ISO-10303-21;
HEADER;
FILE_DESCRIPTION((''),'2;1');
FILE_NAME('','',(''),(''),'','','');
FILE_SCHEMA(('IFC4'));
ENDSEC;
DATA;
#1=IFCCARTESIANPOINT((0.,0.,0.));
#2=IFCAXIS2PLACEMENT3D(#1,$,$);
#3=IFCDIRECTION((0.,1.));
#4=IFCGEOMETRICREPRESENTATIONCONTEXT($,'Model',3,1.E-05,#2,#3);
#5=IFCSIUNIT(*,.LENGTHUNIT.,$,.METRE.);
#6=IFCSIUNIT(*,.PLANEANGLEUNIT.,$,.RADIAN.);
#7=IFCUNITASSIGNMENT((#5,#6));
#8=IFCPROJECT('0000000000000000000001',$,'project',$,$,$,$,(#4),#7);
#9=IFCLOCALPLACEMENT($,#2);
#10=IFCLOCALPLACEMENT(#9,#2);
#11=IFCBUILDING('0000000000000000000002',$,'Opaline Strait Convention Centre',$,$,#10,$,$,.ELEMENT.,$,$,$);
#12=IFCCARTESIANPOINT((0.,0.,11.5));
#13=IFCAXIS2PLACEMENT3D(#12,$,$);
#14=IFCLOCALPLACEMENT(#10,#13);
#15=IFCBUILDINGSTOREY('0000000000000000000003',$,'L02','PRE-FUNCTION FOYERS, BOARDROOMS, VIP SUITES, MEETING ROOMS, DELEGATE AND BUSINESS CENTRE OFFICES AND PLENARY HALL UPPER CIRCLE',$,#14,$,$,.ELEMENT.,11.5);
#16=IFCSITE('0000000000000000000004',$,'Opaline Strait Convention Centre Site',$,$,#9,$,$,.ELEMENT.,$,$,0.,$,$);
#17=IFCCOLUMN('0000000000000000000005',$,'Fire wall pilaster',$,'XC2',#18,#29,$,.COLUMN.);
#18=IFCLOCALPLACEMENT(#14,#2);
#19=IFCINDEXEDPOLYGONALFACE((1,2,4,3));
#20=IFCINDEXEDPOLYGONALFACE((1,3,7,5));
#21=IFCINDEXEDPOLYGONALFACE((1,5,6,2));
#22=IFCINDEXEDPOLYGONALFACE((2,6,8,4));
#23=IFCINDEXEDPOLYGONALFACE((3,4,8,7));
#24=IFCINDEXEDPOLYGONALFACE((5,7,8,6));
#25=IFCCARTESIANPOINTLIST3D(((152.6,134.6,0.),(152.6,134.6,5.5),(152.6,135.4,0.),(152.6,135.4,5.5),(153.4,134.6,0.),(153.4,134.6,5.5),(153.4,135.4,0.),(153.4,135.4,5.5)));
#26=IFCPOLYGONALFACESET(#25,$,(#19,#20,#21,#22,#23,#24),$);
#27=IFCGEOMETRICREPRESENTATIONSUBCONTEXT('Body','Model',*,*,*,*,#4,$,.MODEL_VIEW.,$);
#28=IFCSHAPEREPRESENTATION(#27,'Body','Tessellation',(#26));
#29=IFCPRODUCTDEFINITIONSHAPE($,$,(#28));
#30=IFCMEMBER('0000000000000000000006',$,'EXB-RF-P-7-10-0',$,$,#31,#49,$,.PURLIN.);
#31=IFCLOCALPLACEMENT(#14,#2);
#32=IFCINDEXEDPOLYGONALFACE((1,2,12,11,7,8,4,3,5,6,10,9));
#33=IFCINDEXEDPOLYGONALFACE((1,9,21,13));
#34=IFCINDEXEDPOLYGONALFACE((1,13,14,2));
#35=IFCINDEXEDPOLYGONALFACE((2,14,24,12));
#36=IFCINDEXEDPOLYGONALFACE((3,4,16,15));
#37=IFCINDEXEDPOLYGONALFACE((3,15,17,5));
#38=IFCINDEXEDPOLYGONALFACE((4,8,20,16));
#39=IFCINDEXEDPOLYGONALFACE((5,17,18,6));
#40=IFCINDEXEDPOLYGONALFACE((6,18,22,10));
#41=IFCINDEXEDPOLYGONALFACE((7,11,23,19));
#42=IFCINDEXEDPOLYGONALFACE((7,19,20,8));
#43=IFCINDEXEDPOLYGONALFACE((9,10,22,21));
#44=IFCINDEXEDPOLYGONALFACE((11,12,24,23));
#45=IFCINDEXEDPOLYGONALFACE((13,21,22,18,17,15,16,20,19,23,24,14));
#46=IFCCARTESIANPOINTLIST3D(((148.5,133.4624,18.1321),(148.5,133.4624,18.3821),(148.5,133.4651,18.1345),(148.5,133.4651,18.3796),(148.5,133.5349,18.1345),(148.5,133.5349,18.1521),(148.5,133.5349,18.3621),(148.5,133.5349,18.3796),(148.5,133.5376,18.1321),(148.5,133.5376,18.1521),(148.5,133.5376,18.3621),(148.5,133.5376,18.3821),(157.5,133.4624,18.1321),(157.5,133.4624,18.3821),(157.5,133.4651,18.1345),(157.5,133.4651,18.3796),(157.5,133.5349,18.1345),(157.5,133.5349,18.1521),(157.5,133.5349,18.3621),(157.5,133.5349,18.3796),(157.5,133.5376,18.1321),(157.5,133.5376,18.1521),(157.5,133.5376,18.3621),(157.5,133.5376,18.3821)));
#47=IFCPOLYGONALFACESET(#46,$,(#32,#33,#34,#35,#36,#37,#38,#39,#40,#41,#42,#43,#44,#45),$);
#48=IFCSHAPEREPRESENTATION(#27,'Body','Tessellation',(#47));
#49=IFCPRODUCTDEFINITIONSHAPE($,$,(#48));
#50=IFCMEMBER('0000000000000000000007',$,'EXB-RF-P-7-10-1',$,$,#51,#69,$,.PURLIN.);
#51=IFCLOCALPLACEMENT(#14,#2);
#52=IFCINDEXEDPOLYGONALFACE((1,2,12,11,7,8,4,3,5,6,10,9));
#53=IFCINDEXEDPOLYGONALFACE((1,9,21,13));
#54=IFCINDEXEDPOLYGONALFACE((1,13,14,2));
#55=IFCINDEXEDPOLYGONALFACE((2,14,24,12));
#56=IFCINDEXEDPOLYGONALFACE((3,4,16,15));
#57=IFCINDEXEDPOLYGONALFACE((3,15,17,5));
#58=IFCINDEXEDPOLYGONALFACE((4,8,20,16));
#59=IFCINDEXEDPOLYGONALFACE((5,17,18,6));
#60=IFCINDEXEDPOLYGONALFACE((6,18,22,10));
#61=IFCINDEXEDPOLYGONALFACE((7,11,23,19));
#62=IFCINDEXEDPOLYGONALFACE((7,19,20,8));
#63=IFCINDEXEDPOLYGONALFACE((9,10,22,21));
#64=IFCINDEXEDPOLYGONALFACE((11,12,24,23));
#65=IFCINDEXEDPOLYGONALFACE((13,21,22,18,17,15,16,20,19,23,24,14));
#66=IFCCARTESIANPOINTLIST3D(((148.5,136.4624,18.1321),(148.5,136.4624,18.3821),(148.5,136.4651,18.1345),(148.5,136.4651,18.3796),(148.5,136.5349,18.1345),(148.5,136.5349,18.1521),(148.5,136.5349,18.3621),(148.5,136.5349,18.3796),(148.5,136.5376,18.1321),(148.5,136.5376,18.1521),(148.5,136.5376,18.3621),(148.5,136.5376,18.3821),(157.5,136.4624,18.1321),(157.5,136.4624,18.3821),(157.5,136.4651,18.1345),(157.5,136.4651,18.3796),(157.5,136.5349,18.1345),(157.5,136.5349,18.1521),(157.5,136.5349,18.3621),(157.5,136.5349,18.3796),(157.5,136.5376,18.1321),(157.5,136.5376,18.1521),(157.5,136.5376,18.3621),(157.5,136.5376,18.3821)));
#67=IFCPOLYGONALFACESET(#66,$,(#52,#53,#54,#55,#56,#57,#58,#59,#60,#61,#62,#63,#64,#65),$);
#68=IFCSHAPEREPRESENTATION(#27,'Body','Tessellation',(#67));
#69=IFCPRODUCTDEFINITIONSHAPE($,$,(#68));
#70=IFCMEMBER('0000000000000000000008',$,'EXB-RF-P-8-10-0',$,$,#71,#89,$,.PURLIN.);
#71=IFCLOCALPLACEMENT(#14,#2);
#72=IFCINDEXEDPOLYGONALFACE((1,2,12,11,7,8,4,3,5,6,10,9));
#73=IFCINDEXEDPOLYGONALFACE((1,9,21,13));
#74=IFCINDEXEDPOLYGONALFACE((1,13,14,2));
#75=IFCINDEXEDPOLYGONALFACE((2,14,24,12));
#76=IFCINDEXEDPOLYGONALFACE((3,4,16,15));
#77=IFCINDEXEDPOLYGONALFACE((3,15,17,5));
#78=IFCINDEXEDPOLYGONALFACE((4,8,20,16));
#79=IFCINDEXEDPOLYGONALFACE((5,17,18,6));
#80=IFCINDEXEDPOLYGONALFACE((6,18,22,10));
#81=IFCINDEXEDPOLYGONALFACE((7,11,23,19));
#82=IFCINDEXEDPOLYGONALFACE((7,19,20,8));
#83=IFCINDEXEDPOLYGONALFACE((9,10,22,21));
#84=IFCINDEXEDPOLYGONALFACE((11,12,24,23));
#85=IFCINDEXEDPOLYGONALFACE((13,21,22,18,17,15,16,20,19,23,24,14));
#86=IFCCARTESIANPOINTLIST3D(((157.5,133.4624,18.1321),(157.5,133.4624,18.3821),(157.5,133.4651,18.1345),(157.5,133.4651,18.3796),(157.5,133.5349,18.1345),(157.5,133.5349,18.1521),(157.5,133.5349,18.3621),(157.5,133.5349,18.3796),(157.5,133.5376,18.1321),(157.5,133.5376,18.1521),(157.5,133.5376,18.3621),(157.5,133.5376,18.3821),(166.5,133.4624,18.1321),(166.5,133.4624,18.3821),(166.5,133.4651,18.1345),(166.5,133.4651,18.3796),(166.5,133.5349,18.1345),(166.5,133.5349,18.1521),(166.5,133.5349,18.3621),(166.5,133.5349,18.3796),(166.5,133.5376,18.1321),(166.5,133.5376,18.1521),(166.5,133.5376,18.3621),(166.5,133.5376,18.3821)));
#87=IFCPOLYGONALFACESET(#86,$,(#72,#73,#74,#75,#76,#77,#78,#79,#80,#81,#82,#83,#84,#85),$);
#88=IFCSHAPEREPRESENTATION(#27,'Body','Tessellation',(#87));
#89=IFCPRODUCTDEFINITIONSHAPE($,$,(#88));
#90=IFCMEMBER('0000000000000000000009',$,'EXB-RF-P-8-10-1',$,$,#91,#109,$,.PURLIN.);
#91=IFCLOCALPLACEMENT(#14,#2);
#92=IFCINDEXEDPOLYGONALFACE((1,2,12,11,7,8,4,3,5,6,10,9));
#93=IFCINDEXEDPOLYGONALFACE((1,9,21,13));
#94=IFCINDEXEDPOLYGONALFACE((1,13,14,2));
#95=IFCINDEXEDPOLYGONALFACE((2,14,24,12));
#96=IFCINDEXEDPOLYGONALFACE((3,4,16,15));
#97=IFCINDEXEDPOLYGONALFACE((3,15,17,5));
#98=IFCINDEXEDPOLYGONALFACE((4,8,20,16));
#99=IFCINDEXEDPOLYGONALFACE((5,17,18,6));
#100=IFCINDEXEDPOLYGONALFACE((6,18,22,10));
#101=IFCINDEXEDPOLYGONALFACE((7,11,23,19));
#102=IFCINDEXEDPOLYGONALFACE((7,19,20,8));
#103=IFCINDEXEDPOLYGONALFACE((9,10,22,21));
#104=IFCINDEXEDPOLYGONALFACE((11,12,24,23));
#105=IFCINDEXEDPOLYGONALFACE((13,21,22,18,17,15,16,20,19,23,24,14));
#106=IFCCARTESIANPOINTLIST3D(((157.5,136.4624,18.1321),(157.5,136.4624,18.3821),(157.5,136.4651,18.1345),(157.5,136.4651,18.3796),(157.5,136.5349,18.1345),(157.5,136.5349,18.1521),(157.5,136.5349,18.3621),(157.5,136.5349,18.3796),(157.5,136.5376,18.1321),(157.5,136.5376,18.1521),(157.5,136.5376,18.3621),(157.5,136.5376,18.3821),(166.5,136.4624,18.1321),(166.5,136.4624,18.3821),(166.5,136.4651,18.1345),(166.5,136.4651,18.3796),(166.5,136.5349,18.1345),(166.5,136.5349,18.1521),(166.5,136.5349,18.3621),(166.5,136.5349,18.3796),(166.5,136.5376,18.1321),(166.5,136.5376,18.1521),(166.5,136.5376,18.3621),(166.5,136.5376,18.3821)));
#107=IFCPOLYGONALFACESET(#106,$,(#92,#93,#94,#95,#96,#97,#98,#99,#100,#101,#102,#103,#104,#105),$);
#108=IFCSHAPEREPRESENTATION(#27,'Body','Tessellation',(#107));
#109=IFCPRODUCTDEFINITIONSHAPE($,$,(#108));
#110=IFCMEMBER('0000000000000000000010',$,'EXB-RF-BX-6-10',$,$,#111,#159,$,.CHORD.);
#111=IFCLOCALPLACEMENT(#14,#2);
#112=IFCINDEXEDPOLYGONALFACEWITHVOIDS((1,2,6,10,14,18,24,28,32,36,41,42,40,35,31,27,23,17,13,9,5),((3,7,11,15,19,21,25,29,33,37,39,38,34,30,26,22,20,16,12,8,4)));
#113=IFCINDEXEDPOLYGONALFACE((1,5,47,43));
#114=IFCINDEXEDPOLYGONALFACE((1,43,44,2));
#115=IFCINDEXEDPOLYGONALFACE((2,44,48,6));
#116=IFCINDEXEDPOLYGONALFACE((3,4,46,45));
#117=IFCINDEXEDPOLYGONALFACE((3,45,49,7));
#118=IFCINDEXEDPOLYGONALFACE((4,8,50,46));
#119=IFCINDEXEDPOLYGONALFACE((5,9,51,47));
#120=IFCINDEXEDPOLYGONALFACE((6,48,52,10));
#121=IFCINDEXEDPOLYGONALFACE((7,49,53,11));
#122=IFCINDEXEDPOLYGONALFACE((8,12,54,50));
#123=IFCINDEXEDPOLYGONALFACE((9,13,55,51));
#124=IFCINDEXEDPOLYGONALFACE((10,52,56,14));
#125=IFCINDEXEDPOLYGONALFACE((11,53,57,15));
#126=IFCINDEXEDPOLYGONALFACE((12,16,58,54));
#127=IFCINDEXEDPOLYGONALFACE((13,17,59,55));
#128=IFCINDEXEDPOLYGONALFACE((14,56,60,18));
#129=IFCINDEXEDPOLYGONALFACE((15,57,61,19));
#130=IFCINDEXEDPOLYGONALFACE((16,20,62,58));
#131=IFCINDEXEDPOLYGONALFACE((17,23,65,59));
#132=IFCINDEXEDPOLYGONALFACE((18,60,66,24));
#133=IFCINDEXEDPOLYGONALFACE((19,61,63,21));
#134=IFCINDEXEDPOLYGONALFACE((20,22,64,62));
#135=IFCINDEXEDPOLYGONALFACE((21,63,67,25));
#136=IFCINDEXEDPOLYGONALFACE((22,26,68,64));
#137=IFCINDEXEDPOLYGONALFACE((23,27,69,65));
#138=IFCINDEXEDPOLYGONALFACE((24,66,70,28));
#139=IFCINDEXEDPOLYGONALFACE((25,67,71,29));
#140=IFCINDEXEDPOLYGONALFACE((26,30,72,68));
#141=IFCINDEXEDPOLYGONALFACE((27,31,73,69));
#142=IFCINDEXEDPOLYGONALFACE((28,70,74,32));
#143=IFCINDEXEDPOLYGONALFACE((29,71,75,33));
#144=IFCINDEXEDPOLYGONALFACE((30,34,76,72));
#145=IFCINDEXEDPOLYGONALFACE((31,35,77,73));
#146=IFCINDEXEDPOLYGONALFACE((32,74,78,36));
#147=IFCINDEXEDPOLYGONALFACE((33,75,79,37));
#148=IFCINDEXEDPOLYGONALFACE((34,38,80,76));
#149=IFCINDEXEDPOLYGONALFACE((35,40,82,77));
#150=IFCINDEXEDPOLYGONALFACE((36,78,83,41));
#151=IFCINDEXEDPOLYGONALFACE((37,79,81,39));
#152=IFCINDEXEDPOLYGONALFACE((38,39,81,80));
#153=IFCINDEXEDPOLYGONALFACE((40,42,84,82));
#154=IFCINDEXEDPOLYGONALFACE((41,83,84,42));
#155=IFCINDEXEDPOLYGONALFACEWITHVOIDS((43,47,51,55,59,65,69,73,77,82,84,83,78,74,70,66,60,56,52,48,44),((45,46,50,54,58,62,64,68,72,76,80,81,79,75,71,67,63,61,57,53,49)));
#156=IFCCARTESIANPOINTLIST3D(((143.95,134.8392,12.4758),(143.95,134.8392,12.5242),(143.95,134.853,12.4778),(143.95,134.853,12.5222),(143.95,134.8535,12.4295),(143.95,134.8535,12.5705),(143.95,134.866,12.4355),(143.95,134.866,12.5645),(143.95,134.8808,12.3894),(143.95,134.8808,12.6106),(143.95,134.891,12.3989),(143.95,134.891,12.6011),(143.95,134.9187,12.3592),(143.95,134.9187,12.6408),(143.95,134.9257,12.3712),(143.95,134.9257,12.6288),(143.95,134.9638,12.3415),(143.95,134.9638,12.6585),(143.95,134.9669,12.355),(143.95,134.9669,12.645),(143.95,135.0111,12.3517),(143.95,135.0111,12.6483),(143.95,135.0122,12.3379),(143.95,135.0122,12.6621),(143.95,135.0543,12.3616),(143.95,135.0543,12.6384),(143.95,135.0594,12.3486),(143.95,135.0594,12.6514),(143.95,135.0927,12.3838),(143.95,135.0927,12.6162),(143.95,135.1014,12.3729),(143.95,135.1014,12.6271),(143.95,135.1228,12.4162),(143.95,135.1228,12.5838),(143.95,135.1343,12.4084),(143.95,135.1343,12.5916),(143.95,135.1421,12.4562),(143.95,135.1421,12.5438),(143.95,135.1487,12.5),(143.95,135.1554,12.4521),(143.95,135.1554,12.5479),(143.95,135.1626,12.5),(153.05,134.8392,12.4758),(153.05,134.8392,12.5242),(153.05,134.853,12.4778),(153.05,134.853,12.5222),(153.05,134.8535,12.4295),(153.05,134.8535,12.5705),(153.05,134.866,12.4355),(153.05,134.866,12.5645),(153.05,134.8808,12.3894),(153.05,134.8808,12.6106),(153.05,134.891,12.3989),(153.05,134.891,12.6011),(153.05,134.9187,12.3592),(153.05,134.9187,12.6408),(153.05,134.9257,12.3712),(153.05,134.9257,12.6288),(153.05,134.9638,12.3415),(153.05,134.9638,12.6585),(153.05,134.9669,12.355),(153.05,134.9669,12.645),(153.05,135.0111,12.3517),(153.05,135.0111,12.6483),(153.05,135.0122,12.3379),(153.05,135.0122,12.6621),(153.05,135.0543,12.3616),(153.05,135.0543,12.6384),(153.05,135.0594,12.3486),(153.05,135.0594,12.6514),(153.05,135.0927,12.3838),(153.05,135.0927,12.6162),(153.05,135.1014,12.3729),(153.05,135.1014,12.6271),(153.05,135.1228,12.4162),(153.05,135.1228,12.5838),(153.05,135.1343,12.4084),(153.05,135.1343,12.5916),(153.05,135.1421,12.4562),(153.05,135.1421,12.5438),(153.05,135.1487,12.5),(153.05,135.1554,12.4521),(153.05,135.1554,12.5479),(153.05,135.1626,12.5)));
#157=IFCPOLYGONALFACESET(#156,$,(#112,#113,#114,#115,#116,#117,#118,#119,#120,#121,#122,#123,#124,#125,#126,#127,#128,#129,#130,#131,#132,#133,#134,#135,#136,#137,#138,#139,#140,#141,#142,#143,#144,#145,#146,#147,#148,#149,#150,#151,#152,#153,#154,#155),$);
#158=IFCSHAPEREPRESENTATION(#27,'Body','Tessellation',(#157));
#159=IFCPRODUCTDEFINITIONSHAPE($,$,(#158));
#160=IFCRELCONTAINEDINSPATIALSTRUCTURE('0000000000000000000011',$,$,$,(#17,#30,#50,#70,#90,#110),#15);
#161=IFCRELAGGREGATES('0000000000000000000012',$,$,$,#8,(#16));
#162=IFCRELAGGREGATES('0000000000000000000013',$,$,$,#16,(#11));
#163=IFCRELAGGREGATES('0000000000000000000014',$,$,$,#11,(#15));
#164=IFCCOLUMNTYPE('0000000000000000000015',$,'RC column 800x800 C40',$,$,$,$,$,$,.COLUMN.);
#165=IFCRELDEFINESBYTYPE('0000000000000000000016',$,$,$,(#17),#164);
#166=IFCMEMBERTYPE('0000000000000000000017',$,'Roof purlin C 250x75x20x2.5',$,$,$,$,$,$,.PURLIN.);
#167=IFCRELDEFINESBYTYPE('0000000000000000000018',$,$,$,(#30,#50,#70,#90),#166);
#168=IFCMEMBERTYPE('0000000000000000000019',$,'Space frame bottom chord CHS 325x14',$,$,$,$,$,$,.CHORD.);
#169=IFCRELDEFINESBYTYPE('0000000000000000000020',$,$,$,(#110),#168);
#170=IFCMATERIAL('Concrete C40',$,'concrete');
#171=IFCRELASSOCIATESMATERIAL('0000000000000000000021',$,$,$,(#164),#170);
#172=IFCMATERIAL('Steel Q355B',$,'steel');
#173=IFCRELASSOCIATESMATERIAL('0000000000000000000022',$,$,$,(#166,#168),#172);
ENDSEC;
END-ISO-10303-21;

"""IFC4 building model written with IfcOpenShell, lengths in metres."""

from ifc_helpers import new_model, si_unit, direction, frame, origin, origin_2d, place, context, subcontext, project, spatial, polyline, rectangle, hollow_circle, outline, extrude, material, material_profile, profile_set, type_object, element, save


model = new_model("IFC4")

# Units and contexts
model_context = context("Model", 3, precision=1e-05, world=origin(), true_north=direction((0.0, 1.0)))
body_context = subcontext(model_context, "Body", "Model", "MODEL_VIEW")
ifc_project = project(units=[si_unit("LENGTHUNIT", "METRE"), si_unit("PLANEANGLEUNIT", "RADIAN")], contexts=[model_context])

# Site, building, storey
site_placement = place(None, origin())
site = spatial("IfcSite", under=ifc_project, at=site_placement, Name="Opaline Strait Convention Centre Site", CompositionType="ELEMENT", RefElevation=0.0)
building_placement = place(site_placement, origin())
building = spatial("IfcBuilding", under=site, at=building_placement, Name="Opaline Strait Convention Centre", CompositionType="ELEMENT")
storey_placement = place(building_placement, frame((0.0, 0.0, 11.5)))
storey = spatial("IfcBuildingStorey", under=building, at=storey_placement, Name="L02", Description="PRE-FUNCTION FOYERS, BOARDROOMS, VIP SUITES, MEETING ROOMS, DELEGATE AND BUSINESS CENTRE OFFICES AND PLENARY HALL UPPER CIRCLE", CompositionType="ELEMENT", Elevation=11.5)

# Column
ifc_material_1 = material(Name="Concrete C40", Category="concrete")
ifc_material_profile_1 = material_profile(ifc_material_1, rectangle(XDim=0.8, YDim=0.8, at=origin_2d()), Name="RC 800x800")
ifc_profile_set_1 = profile_set([ifc_material_profile_1], Name="Concrete C40")
column_type = type_object("IfcColumnType", Name="RC column 800x800 C40", PredefinedType="COLUMN", material=ifc_profile_set_1)
column_placement = place(storey_placement, frame((153.0, 135.0, 0.0), z_axis=(0.0, 0.0, 1.0), x_axis=(1.0, 0.0, 0.0)))
element("IfcColumn", 1, at=column_placement, inside=storey, type_object=column_type, Name="Fire wall pilaster", ObjectType="XC2", PredefinedType="COLUMN", context=body_context, shape_type="SweptSolid", body=[
    extrude(rectangle(XDim=0.8, YDim=0.8, at=origin_2d()), origin(), (0.0, 0.0, 1.0), 5.5),
])

# Members
ifc_material_2 = material(Name="Steel Q355B", Category="steel")
ifc_material_profile_2 = material_profile(ifc_material_2, outline(polyline([(-0.0376, -0.125), (0.0376, -0.125), (0.0376, -0.105), (0.0349, -0.105), (0.0349, -0.1226), (-0.0349, -0.1226), (-0.0349, 0.1226), (0.0349, 0.1226), (0.0349, 0.105), (0.0376, 0.105), (0.0376, 0.125), (-0.0376, 0.125), (-0.0376, -0.125)])), Name="C 250x75x20x2.5")
ifc_profile_set_2 = profile_set([ifc_material_profile_2], Name="Steel Q355B")
member_type_1 = type_object("IfcMemberType", Name="Roof purlin C 250x75x20x2.5", PredefinedType="PURLIN", material=ifc_profile_set_2)
for number, where, z_axis, x_axis, name in (
    (2, (148.5, 133.5, 18.2571), (1.0, 0.0, 0.0), (0.0, 1.0, 0.0), "EXB-RF-P-7-10-0"),
    (3, (148.5, 136.5, 18.2571), (1.0, 0.0, 0.0), (0.0, 1.0, 0.0), "EXB-RF-P-7-10-1"),
    (4, (157.5, 133.5, 18.2571), (1.0, 0.0, 0.0), (0.0, 1.0, 0.0), "EXB-RF-P-8-10-0"),
    (5, (157.5, 136.5, 18.2571), (1.0, 0.0, 0.0), (0.0, 1.0, 0.0), "EXB-RF-P-8-10-1"),
):
    element("IfcMember", number, at=place(storey_placement, frame(where, z_axis=z_axis, x_axis=x_axis)), inside=storey, type_object=member_type_1, Name=name, PredefinedType="PURLIN", context=body_context, shape_type="SweptSolid", body=[
        extrude(outline(polyline([(-0.0376, -0.125), (0.0376, -0.125), (0.0376, -0.105), (0.0349, -0.105), (0.0349, -0.1226), (-0.0349, -0.1226), (-0.0349, 0.1226), (0.0349, 0.1226), (0.0349, 0.105), (0.0376, 0.105), (0.0376, 0.125), (-0.0376, 0.125), (-0.0376, -0.125)])), origin(), (0.0, 0.0, 1.0), 9.0),
    ])
ifc_material_profile_3 = material_profile(ifc_material_2, hollow_circle(Radius=0.1626, WallThickness=0.0139, at=origin_2d()), Name="CHS 325x14")
ifc_profile_set_3 = profile_set([ifc_material_profile_3], Name="Steel Q355B")
member_type_2 = type_object("IfcMemberType", Name="Space frame bottom chord CHS 325x14", PredefinedType="CHORD", material=ifc_profile_set_3)
for number, where, z_axis, x_axis, name in (
    (6, (143.95, 135.0, 12.5), (1.0, 0.0, 0.0), (0.0, 1.0, 0.0), "EXB-RF-BX-6-10"),
):
    element("IfcMember", number, at=place(storey_placement, frame(where, z_axis=z_axis, x_axis=x_axis)), inside=storey, type_object=member_type_2, Name=name, PredefinedType="CHORD", context=body_context, shape_type="SweptSolid", body=[
        extrude(hollow_circle(Radius=0.1626, WallThickness=0.0139, at=origin_2d()), origin(), (0.0, 0.0, 1.0), 9.1001),
    ])

save(model, "model.ifc")
